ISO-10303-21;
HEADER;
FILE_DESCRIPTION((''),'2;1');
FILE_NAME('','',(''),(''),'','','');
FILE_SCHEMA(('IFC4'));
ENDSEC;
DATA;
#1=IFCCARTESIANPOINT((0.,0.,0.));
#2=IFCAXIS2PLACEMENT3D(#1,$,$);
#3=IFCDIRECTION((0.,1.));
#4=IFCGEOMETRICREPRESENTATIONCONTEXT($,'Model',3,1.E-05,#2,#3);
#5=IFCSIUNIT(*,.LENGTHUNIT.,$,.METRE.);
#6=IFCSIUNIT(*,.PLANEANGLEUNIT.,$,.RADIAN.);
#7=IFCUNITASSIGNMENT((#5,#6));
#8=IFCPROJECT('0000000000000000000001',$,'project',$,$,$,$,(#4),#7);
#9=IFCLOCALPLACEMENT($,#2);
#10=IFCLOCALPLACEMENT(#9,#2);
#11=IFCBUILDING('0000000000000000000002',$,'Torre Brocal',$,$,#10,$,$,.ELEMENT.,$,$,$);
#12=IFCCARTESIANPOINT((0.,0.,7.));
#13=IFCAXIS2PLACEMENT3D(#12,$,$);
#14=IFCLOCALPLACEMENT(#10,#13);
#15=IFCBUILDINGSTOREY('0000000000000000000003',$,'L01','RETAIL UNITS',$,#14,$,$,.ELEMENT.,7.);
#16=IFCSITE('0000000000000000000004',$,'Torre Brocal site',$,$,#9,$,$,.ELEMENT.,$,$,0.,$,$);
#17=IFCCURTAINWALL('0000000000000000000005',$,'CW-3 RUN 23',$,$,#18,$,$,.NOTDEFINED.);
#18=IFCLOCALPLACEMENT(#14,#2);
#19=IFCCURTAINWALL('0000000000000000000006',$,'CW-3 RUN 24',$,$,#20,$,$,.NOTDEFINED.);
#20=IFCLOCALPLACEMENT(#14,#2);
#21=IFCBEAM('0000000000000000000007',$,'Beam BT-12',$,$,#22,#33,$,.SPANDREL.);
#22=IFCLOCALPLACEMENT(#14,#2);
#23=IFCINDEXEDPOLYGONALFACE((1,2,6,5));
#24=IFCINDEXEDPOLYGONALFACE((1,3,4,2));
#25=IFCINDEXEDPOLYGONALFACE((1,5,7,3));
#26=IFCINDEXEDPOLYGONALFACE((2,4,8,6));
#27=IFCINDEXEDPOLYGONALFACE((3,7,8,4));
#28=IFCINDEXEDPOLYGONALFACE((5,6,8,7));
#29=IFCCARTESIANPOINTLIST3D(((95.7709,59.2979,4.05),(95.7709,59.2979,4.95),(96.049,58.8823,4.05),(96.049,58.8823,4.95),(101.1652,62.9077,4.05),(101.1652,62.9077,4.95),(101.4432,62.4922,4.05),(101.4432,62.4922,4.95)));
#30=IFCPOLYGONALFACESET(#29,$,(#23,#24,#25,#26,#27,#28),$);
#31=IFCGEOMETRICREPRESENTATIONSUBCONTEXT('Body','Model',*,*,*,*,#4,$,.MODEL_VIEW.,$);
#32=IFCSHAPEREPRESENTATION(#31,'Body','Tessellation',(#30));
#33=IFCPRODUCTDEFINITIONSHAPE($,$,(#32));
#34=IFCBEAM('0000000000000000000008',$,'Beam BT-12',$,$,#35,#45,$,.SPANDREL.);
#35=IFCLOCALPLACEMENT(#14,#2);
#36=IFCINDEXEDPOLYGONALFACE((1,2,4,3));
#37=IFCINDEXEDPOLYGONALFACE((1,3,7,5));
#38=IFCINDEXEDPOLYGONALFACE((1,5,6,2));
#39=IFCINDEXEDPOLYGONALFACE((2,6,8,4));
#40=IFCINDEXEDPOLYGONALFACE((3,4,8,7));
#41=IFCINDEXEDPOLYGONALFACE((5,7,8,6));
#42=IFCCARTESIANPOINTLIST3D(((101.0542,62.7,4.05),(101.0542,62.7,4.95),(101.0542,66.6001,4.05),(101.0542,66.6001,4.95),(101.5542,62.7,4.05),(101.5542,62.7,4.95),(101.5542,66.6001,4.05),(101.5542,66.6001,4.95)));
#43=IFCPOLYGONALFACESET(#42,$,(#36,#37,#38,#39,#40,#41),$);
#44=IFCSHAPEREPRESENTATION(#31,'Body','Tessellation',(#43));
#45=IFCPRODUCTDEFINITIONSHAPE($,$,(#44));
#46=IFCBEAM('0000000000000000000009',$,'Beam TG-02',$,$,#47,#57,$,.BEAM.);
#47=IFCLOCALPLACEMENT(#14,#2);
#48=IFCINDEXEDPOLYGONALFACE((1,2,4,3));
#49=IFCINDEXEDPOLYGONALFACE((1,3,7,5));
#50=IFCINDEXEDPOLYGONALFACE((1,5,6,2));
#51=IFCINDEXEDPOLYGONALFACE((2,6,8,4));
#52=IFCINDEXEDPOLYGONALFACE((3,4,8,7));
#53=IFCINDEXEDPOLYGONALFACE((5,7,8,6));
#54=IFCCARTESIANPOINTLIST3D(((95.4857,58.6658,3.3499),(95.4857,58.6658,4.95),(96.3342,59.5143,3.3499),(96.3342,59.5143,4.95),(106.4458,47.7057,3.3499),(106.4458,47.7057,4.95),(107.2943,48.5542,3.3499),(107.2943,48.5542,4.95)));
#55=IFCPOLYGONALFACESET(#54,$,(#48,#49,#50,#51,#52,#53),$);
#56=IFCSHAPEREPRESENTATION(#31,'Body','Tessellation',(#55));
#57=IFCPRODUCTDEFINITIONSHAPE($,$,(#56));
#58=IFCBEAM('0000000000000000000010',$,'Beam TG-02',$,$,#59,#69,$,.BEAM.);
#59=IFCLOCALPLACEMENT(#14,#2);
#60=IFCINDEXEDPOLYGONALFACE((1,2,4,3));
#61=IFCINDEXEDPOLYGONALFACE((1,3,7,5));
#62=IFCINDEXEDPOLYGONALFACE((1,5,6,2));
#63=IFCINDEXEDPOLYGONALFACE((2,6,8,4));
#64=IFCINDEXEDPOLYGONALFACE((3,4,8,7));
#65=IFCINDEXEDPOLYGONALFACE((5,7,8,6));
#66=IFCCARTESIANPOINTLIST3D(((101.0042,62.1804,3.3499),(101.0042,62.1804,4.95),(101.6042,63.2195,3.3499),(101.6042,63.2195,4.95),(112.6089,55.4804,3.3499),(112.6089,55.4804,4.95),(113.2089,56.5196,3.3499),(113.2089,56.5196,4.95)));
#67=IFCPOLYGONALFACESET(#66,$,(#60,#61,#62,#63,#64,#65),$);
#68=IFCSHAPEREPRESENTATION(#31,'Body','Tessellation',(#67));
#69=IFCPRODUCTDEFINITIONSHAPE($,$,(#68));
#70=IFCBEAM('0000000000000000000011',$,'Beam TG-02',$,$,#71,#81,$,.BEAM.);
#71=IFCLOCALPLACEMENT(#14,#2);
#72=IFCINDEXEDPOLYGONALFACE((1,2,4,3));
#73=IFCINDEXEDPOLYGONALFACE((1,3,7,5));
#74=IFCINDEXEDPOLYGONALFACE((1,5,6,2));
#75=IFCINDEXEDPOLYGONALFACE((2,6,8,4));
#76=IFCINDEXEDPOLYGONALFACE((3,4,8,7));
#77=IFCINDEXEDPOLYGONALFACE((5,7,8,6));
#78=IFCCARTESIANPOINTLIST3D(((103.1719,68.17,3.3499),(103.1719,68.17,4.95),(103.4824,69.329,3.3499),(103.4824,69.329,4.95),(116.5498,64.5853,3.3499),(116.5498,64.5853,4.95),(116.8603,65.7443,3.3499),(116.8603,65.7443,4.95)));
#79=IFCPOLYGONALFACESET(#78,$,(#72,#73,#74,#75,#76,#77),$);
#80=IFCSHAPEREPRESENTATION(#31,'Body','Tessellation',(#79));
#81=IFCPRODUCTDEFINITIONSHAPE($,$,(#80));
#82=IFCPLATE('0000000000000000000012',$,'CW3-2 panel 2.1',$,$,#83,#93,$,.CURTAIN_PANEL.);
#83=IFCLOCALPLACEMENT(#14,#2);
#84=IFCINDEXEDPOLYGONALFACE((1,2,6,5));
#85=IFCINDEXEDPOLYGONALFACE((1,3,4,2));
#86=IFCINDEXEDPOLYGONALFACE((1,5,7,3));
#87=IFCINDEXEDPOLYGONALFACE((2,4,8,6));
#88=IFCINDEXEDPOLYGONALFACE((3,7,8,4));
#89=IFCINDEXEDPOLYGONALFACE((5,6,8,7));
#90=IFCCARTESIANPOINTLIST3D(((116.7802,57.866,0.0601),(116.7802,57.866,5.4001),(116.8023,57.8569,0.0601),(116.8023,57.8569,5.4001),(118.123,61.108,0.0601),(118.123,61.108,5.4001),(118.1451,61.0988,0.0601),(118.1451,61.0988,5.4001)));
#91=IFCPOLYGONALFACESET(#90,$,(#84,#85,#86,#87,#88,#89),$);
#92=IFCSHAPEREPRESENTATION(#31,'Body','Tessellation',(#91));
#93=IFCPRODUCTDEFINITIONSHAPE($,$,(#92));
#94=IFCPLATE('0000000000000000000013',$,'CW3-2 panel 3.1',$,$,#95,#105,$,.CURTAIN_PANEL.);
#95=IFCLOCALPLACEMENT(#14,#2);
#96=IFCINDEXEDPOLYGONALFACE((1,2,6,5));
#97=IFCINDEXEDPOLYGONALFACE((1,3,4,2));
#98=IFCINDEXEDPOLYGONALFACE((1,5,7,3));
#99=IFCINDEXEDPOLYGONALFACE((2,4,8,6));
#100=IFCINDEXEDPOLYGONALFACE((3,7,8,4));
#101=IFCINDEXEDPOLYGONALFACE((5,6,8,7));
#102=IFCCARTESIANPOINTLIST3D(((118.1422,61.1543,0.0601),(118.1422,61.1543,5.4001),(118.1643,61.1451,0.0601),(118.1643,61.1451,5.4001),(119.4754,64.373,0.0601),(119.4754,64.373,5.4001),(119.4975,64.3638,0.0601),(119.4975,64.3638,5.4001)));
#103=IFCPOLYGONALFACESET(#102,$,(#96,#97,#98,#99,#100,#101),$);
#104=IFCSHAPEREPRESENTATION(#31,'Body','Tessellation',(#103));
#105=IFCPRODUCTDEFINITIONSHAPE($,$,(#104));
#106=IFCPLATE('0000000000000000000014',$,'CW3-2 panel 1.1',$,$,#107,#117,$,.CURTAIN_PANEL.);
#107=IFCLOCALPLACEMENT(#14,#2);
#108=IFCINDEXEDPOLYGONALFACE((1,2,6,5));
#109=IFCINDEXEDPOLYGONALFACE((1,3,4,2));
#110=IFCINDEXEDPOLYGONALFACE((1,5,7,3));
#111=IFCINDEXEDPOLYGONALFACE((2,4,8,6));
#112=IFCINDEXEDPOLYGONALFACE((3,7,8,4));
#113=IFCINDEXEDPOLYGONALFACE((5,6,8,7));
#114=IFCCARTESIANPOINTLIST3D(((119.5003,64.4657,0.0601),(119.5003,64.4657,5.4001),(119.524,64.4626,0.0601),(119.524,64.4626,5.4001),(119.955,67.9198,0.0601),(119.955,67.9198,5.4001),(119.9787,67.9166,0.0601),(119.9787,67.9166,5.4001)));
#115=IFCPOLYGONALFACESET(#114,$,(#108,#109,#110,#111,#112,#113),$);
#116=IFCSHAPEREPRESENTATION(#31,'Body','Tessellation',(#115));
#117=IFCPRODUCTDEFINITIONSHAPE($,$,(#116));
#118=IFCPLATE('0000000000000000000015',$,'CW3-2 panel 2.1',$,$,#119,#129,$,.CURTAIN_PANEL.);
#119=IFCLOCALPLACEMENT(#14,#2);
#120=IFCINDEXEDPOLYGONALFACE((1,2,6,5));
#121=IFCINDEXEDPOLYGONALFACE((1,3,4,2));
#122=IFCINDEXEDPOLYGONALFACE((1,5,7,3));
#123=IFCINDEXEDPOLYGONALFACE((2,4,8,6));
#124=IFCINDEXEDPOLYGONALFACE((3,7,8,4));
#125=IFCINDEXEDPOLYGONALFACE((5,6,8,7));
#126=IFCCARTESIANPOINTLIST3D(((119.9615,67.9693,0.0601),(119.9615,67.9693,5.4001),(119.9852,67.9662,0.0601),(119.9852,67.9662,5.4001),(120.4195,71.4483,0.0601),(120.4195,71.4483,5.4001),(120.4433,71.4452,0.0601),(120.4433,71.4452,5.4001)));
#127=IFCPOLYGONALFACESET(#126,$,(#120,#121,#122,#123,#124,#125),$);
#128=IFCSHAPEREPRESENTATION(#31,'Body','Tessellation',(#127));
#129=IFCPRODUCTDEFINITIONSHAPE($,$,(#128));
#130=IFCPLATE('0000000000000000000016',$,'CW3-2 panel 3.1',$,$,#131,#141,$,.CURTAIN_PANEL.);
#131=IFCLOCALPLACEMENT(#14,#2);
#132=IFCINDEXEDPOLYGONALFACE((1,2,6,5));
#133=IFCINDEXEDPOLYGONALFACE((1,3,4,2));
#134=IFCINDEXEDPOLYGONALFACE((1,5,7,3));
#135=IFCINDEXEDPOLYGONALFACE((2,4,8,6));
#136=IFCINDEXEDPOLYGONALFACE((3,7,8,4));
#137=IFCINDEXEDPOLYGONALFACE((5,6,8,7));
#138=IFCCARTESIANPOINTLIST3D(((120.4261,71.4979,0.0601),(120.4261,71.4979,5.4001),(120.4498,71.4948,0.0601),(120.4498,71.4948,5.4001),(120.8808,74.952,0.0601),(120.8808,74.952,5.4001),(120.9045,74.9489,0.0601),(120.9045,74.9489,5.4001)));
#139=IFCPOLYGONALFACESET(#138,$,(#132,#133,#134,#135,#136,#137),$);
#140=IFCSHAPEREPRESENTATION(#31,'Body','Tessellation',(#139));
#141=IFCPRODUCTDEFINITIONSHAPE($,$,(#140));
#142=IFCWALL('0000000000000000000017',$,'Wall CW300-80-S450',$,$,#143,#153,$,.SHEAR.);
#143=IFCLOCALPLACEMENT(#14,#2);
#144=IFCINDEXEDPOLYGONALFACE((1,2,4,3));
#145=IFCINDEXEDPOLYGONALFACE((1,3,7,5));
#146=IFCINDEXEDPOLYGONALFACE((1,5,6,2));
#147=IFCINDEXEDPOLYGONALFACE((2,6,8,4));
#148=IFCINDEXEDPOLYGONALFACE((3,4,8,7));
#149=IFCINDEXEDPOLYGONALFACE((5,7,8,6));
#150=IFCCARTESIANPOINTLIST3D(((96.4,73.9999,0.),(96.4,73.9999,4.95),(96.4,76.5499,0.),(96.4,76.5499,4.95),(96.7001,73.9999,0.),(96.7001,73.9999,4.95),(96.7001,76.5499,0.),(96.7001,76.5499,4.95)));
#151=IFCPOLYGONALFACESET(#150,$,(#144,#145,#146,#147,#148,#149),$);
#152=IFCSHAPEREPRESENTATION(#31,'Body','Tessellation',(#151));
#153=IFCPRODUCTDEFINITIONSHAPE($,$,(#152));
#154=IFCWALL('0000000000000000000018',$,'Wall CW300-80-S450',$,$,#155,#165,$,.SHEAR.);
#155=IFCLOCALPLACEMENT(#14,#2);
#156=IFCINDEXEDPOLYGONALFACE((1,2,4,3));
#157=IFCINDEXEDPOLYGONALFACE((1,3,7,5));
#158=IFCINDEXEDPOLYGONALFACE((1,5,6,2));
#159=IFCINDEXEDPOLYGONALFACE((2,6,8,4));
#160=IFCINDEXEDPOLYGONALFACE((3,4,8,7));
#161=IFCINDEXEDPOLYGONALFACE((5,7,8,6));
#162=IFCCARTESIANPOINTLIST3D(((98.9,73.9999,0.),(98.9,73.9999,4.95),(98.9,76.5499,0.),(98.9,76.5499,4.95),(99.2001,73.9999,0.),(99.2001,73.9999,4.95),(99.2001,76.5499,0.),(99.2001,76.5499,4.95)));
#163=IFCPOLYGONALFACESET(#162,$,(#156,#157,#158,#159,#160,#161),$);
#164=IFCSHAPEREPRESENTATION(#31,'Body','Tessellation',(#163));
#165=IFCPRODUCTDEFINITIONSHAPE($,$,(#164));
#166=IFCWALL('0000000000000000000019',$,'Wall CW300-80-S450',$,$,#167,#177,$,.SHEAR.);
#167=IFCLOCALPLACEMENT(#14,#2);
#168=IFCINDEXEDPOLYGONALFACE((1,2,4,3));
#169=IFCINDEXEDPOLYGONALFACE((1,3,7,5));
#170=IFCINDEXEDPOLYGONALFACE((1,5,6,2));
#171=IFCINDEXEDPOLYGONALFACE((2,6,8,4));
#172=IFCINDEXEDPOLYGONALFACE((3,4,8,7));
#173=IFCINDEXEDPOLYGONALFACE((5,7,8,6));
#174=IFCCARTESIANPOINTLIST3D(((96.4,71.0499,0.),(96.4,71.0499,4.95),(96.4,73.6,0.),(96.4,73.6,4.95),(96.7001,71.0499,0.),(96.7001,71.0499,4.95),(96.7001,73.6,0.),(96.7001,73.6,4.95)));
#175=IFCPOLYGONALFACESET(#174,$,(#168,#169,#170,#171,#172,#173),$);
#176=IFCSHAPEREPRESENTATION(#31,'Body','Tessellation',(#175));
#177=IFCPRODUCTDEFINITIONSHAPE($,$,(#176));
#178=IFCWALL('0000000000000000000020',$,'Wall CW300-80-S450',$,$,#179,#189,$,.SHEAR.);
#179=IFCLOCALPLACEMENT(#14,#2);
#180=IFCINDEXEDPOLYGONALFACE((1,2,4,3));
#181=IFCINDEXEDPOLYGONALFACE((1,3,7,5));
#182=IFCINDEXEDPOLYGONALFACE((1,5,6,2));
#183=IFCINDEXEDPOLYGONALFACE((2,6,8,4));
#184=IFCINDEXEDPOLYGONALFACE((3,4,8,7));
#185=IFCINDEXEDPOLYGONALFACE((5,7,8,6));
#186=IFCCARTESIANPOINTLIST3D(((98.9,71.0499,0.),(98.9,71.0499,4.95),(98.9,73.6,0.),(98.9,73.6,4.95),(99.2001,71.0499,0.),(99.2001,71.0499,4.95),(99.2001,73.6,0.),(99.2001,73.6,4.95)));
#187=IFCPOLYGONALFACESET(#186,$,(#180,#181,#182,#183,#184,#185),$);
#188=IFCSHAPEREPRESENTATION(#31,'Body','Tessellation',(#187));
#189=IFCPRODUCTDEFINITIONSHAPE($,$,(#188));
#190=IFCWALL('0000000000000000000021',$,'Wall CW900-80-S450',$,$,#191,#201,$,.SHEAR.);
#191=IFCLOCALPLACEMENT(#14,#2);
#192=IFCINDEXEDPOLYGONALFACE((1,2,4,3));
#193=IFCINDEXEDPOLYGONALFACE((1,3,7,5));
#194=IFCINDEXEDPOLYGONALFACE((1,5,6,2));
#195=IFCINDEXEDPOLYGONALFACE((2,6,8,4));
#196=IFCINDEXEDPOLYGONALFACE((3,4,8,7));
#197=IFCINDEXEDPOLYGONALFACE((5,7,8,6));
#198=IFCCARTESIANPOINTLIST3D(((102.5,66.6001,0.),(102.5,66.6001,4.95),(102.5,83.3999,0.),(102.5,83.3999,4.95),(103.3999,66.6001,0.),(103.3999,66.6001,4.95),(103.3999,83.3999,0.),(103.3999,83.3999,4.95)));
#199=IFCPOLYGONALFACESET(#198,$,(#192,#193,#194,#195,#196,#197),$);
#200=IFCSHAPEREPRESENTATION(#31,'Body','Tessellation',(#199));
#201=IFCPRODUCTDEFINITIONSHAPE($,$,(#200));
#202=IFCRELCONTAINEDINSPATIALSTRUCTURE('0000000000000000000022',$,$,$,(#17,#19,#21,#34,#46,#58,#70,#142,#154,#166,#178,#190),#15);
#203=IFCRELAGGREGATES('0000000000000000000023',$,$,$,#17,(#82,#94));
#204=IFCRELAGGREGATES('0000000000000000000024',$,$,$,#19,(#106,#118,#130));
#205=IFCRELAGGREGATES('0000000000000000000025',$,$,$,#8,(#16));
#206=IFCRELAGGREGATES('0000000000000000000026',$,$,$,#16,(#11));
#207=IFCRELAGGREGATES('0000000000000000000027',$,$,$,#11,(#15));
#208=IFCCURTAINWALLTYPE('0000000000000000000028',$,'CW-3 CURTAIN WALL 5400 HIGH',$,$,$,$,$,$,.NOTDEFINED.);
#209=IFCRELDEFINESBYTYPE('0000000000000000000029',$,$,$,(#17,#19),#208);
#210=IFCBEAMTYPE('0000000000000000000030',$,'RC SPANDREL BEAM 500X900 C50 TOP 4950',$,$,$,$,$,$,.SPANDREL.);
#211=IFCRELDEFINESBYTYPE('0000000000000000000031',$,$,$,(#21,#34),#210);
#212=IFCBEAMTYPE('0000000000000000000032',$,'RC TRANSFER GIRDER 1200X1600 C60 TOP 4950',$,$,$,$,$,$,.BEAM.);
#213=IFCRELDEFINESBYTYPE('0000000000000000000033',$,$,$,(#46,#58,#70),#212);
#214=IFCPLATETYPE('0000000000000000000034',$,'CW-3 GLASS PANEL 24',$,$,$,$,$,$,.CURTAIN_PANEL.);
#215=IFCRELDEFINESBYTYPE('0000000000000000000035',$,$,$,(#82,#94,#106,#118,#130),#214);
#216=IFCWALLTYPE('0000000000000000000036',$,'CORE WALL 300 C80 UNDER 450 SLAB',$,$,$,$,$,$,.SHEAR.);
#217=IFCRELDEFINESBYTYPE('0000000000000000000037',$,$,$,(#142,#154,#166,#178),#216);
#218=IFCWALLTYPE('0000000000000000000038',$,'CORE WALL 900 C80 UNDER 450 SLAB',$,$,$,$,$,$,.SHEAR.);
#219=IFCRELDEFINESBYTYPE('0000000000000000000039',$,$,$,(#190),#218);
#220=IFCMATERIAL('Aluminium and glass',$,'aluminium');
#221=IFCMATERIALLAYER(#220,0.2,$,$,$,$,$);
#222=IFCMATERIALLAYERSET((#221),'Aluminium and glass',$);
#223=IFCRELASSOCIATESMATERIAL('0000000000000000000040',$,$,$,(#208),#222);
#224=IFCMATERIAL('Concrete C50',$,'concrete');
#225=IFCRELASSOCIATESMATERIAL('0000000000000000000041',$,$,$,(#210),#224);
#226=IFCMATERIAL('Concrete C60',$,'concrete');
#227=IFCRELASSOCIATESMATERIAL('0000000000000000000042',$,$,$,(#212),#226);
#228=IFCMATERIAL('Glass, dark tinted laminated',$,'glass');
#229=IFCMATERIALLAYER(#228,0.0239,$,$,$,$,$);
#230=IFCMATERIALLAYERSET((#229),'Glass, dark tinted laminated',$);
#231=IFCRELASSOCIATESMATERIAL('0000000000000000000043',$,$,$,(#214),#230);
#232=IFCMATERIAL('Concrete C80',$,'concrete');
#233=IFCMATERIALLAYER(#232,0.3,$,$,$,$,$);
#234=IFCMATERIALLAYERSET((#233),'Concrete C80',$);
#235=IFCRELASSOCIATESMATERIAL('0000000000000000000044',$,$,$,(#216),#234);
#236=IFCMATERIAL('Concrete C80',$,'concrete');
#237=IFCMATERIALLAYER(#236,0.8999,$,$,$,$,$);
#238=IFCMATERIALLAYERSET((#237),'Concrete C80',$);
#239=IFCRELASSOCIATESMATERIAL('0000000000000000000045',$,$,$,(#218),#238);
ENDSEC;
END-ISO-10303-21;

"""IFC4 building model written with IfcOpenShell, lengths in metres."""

from ifc_helpers import new_model, si_unit, direction, frame, frame_2d, origin, origin_2d, place, context, subcontext, project, spatial, rectangle, extrude, material, layer, layer_set, material_profile, profile_set, type_object, element, aggregate, save


model = new_model("IFC4")

# Units and contexts
model_context = context("Model", 3, precision=1e-05, world=origin(), true_north=direction((0.0, 1.0)))
body_context = subcontext(model_context, "Body", "Model", "MODEL_VIEW")
ifc_project = project(units=[si_unit("LENGTHUNIT", "METRE"), si_unit("PLANEANGLEUNIT", "RADIAN")], contexts=[model_context])

# Site, building, storey
site_placement = place(None, origin())
site = spatial("IfcSite", under=ifc_project, at=site_placement, Name="Torre Brocal site", CompositionType="ELEMENT", RefElevation=0.0)
building_placement = place(site_placement, origin())
building = spatial("IfcBuilding", under=site, at=building_placement, Name="Torre Brocal", CompositionType="ELEMENT")
storey_placement = place(building_placement, frame((0.0, 0.0, 7.0)))
storey = spatial("IfcBuildingStorey", under=building, at=storey_placement, Name="L01", Description="RETAIL UNITS", CompositionType="ELEMENT", Elevation=7.0)

# Curtain walls
ifc_material_1 = material(Name="Aluminium and glass", Category="aluminium")
ifc_layer_1 = layer(ifc_material_1, 0.2)
ifc_layer_set_1 = layer_set([ifc_layer_1], Name="Aluminium and glass")
curtain_wall_type = type_object("IfcCurtainWallType", Name="CW-3 CURTAIN WALL 5400 HIGH", PredefinedType="NOTDEFINED", material=ifc_layer_set_1)
curtain_wall_1_placement = place(storey_placement, origin())
curtain_wall_1 = element("IfcCurtainWall", 1, at=curtain_wall_1_placement, inside=storey, type_object=curtain_wall_type, Name="CW-3 RUN 23", PredefinedType="NOTDEFINED")
curtain_wall_2_placement = place(storey_placement, origin())
curtain_wall_2 = element("IfcCurtainWall", 2, at=curtain_wall_2_placement, inside=storey, type_object=curtain_wall_type, Name="CW-3 RUN 24", PredefinedType="NOTDEFINED")

# Beams
ifc_material_2 = material(Name="Concrete C50", Category="concrete")
ifc_material_profile_1 = material_profile(ifc_material_2, rectangle(XDim=0.5, YDim=0.8999, at=origin_2d()), Name="RC 500X900")
ifc_profile_set_1 = profile_set([ifc_material_profile_1], Name="Concrete C50")
beam_type_1 = type_object("IfcBeamType", Name="RC SPANDREL BEAM 500X900 C50 TOP 4950", PredefinedType="SPANDREL", material=ifc_profile_set_1)
beam_1_placement = place(storey_placement, frame((95.9099, 59.0901, 4.5), z_axis=(0.831077, 0.556158, 0.0), x_axis=(-0.556158, 0.831077, 0.0)))
element("IfcBeam", 3, at=beam_1_placement, inside=storey, type_object=beam_type_1, Name="Beam BT-12", PredefinedType="SPANDREL", context=body_context, shape_type="SweptSolid", body=[
    extrude(rectangle(XDim=0.5, YDim=0.8999, at=origin_2d()), origin(), (0.0, 0.0, 1.0), 6.4907),
])
beam_2_placement = place(storey_placement, frame((101.3042, 62.7, 4.5), z_axis=(0.0, 1.0, 0.0), x_axis=(-1.0, 0.0, 0.0)))
element("IfcBeam", 4, at=beam_2_placement, inside=storey, type_object=beam_type_1, Name="Beam BT-12", PredefinedType="SPANDREL", context=body_context, shape_type="SweptSolid", body=[
    extrude(rectangle(XDim=0.5, YDim=0.8999, at=origin_2d()), origin(), (0.0, 0.0, 1.0), 3.9001),
])
ifc_material_3 = material(Name="Concrete C60", Category="concrete")
ifc_material_profile_2 = material_profile(ifc_material_3, rectangle(XDim=1.2, YDim=1.6001, at=origin_2d()), Name="RC 1200X1600")
ifc_profile_set_2 = profile_set([ifc_material_profile_2], Name="Concrete C60")
beam_type_2 = type_object("IfcBeamType", Name="RC TRANSFER GIRDER 1200X1600 C60 TOP 4950", PredefinedType="BEAM", material=ifc_profile_set_2)
beam_3_placement = place(storey_placement, frame((95.9099, 59.0901, 4.1499), z_axis=(0.707107, -0.707107, 0.0), x_axis=(0.707107, 0.707107, 0.0)))
element("IfcBeam", 5, at=beam_3_placement, inside=storey, type_object=beam_type_2, Name="Beam TG-02", PredefinedType="BEAM", context=body_context, shape_type="SweptSolid", body=[
    extrude(rectangle(XDim=1.2, YDim=1.6001, at=origin_2d()), origin(), (0.0, 0.0, 1.0), 15.5),
])
beam_4_placement = place(storey_placement, frame((101.3042, 62.7, 4.1499), z_axis=(0.866027, -0.499997, 0.0), x_axis=(0.499997, 0.866027, 0.0)))
element("IfcBeam", 6, at=beam_4_placement, inside=storey, type_object=beam_type_2, Name="Beam TG-02", PredefinedType="BEAM", context=body_context, shape_type="SweptSolid", body=[
    extrude(rectangle(XDim=1.2, YDim=1.6001, at=origin_2d()), origin(), (0.0, 0.0, 1.0), 13.3999),
])
beam_5_placement = place(storey_placement, frame((103.3271, 68.7495, 4.1499), z_axis=(0.965924, -0.258827, 0.0), x_axis=(0.258827, 0.965924, 0.0)))
element("IfcBeam", 7, at=beam_5_placement, inside=storey, type_object=beam_type_2, Name="Beam TG-02", PredefinedType="BEAM", context=body_context, shape_type="SweptSolid", body=[
    extrude(rectangle(XDim=1.2, YDim=1.6001, at=origin_2d()), origin(), (0.0, 0.0, 1.0), 13.8499),
])

# Plates
ifc_material_4 = material(Name="Glass, dark tinted laminated", Category="glass")
ifc_layer_2 = layer(ifc_material_4, 0.0239)
ifc_layer_set_2 = layer_set([ifc_layer_2], Name="Glass, dark tinted laminated")
plate_type = type_object("IfcPlateType", Name="CW-3 GLASS PANEL 24", PredefinedType="CURTAIN_PANEL", material=ifc_layer_set_2)
plate_1_placement = place(storey_placement, frame((117.4626, 59.4824, 0.0601), z_axis=(0.0, 0.0, 1.0), x_axis=(0.382683, 0.92388, 0.0)))
plate_1 = element("IfcPlate", 8, at=plate_1_placement, type_object=plate_type, Name="CW3-2 panel 2.1", PredefinedType="CURTAIN_PANEL", context=body_context, shape_type="SweptSolid", body=[
    extrude(rectangle(XDim=3.509, YDim=0.0239, at=origin_2d()), origin(), (0.0, 0.0, 1.0), 5.3401),
])
plate_2_placement = place(storey_placement, frame((118.8198, 62.759, 0.0601), z_axis=(0.0, 0.0, 1.0), x_axis=(0.382683, 0.92388, 0.0)))
plate_2 = element("IfcPlate", 9, at=plate_2_placement, type_object=plate_type, Name="CW3-2 panel 3.1", PredefinedType="CURTAIN_PANEL", context=body_context, shape_type="SweptSolid", body=[
    extrude(rectangle(XDim=3.4839, YDim=0.0239, at=origin_2d()), origin(), (0.0, 0.0, 1.0), 5.3401),
])
aggregate(curtain_wall_1, [plate_1, plate_2])
plate_3_placement = place(storey_placement, frame((119.7395, 66.1912, 0.0601), z_axis=(0.0, 0.0, 1.0), x_axis=(0.130526, 0.991445, 0.0)))
plate_3 = element("IfcPlate", 10, at=plate_3_placement, type_object=plate_type, Name="CW3-2 panel 1.1", PredefinedType="CURTAIN_PANEL", context=body_context, shape_type="SweptSolid", body=[
    extrude(rectangle(XDim=3.4839, YDim=0.0239, at=origin_2d()), origin(), (0.0, 0.0, 1.0), 5.3401),
])
plate_4_placement = place(storey_placement, frame((120.2024, 69.7073, 0.0601), z_axis=(0.0, 0.0, 1.0), x_axis=(0.130526, 0.991445, 0.0)))
plate_4 = element("IfcPlate", 11, at=plate_4_placement, type_object=plate_type, Name="CW3-2 panel 2.1", PredefinedType="CURTAIN_PANEL", context=body_context, shape_type="SweptSolid", body=[
    extrude(rectangle(XDim=3.509, YDim=0.0239, at=origin_2d()), origin(), (0.0, 0.0, 1.0), 5.3401),
])
plate_5_placement = place(storey_placement, frame((120.6653, 73.2234, 0.0601), z_axis=(0.0, 0.0, 1.0), x_axis=(0.130526, 0.991445, 0.0)))
plate_5 = element("IfcPlate", 12, at=plate_5_placement, type_object=plate_type, Name="CW3-2 panel 3.1", PredefinedType="CURTAIN_PANEL", context=body_context, shape_type="SweptSolid", body=[
    extrude(rectangle(XDim=3.4839, YDim=0.0239, at=origin_2d()), origin(), (0.0, 0.0, 1.0), 5.3401),
])
aggregate(curtain_wall_2, [plate_3, plate_4, plate_5])

# Walls
ifc_material_5 = material(Name="Concrete C80", Category="concrete")
ifc_layer_3 = layer(ifc_material_5, 0.3)
ifc_layer_set_3 = layer_set([ifc_layer_3], Name="Concrete C80")
wall_type_1 = type_object("IfcWallType", Name="CORE WALL 300 C80 UNDER 450 SLAB", PredefinedType="SHEAR", material=ifc_layer_set_3)
for number, where, z_axis, x_axis, name in (
    (13, (96.55, 74.0, 0.0), (0.0, 0.0, 1.0), (0.0, 1.0, 0.0), "Wall CW300-80-S450"),
    (14, (99.05, 74.0, 0.0), (0.0, 0.0, 1.0), (0.0, 1.0, 0.0), "Wall CW300-80-S450"),
    (15, (96.55, 71.05, 0.0), (0.0, 0.0, 1.0), (0.0, 1.0, 0.0), "Wall CW300-80-S450"),
    (16, (99.05, 71.05, 0.0), (0.0, 0.0, 1.0), (0.0, 1.0, 0.0), "Wall CW300-80-S450"),
):
    element("IfcWall", number, at=place(storey_placement, frame(where, z_axis=z_axis, x_axis=x_axis)), inside=storey, type_object=wall_type_1, Name=name, PredefinedType="SHEAR", context=body_context, shape_type="SweptSolid", body=[
        extrude(rectangle(XDim=2.55, YDim=0.3, at=frame_2d((1.2749, 0.0))), origin(), (0.0, 0.0, 1.0), 4.95),
    ])
ifc_material_6 = material(Name="Concrete C80", Category="concrete")
ifc_layer_4 = layer(ifc_material_6, 0.8999)
ifc_layer_set_4 = layer_set([ifc_layer_4], Name="Concrete C80")
wall_type_2 = type_object("IfcWallType", Name="CORE WALL 900 C80 UNDER 450 SLAB", PredefinedType="SHEAR", material=ifc_layer_set_4)
wall_1_placement = place(storey_placement, frame((102.95, 66.6001, 0.0), z_axis=(0.0, 0.0, 1.0), x_axis=(0.0, 1.0, 0.0)))
element("IfcWall", 17, at=wall_1_placement, inside=storey, type_object=wall_type_2, Name="Wall CW900-80-S450", PredefinedType="SHEAR", context=body_context, shape_type="SweptSolid", body=[
    extrude(rectangle(XDim=16.7998, YDim=0.8999, at=frame_2d((8.3999, 0.0))), origin(), (0.0, 0.0, 1.0), 4.95),
])

save(model, "model.ifc")
